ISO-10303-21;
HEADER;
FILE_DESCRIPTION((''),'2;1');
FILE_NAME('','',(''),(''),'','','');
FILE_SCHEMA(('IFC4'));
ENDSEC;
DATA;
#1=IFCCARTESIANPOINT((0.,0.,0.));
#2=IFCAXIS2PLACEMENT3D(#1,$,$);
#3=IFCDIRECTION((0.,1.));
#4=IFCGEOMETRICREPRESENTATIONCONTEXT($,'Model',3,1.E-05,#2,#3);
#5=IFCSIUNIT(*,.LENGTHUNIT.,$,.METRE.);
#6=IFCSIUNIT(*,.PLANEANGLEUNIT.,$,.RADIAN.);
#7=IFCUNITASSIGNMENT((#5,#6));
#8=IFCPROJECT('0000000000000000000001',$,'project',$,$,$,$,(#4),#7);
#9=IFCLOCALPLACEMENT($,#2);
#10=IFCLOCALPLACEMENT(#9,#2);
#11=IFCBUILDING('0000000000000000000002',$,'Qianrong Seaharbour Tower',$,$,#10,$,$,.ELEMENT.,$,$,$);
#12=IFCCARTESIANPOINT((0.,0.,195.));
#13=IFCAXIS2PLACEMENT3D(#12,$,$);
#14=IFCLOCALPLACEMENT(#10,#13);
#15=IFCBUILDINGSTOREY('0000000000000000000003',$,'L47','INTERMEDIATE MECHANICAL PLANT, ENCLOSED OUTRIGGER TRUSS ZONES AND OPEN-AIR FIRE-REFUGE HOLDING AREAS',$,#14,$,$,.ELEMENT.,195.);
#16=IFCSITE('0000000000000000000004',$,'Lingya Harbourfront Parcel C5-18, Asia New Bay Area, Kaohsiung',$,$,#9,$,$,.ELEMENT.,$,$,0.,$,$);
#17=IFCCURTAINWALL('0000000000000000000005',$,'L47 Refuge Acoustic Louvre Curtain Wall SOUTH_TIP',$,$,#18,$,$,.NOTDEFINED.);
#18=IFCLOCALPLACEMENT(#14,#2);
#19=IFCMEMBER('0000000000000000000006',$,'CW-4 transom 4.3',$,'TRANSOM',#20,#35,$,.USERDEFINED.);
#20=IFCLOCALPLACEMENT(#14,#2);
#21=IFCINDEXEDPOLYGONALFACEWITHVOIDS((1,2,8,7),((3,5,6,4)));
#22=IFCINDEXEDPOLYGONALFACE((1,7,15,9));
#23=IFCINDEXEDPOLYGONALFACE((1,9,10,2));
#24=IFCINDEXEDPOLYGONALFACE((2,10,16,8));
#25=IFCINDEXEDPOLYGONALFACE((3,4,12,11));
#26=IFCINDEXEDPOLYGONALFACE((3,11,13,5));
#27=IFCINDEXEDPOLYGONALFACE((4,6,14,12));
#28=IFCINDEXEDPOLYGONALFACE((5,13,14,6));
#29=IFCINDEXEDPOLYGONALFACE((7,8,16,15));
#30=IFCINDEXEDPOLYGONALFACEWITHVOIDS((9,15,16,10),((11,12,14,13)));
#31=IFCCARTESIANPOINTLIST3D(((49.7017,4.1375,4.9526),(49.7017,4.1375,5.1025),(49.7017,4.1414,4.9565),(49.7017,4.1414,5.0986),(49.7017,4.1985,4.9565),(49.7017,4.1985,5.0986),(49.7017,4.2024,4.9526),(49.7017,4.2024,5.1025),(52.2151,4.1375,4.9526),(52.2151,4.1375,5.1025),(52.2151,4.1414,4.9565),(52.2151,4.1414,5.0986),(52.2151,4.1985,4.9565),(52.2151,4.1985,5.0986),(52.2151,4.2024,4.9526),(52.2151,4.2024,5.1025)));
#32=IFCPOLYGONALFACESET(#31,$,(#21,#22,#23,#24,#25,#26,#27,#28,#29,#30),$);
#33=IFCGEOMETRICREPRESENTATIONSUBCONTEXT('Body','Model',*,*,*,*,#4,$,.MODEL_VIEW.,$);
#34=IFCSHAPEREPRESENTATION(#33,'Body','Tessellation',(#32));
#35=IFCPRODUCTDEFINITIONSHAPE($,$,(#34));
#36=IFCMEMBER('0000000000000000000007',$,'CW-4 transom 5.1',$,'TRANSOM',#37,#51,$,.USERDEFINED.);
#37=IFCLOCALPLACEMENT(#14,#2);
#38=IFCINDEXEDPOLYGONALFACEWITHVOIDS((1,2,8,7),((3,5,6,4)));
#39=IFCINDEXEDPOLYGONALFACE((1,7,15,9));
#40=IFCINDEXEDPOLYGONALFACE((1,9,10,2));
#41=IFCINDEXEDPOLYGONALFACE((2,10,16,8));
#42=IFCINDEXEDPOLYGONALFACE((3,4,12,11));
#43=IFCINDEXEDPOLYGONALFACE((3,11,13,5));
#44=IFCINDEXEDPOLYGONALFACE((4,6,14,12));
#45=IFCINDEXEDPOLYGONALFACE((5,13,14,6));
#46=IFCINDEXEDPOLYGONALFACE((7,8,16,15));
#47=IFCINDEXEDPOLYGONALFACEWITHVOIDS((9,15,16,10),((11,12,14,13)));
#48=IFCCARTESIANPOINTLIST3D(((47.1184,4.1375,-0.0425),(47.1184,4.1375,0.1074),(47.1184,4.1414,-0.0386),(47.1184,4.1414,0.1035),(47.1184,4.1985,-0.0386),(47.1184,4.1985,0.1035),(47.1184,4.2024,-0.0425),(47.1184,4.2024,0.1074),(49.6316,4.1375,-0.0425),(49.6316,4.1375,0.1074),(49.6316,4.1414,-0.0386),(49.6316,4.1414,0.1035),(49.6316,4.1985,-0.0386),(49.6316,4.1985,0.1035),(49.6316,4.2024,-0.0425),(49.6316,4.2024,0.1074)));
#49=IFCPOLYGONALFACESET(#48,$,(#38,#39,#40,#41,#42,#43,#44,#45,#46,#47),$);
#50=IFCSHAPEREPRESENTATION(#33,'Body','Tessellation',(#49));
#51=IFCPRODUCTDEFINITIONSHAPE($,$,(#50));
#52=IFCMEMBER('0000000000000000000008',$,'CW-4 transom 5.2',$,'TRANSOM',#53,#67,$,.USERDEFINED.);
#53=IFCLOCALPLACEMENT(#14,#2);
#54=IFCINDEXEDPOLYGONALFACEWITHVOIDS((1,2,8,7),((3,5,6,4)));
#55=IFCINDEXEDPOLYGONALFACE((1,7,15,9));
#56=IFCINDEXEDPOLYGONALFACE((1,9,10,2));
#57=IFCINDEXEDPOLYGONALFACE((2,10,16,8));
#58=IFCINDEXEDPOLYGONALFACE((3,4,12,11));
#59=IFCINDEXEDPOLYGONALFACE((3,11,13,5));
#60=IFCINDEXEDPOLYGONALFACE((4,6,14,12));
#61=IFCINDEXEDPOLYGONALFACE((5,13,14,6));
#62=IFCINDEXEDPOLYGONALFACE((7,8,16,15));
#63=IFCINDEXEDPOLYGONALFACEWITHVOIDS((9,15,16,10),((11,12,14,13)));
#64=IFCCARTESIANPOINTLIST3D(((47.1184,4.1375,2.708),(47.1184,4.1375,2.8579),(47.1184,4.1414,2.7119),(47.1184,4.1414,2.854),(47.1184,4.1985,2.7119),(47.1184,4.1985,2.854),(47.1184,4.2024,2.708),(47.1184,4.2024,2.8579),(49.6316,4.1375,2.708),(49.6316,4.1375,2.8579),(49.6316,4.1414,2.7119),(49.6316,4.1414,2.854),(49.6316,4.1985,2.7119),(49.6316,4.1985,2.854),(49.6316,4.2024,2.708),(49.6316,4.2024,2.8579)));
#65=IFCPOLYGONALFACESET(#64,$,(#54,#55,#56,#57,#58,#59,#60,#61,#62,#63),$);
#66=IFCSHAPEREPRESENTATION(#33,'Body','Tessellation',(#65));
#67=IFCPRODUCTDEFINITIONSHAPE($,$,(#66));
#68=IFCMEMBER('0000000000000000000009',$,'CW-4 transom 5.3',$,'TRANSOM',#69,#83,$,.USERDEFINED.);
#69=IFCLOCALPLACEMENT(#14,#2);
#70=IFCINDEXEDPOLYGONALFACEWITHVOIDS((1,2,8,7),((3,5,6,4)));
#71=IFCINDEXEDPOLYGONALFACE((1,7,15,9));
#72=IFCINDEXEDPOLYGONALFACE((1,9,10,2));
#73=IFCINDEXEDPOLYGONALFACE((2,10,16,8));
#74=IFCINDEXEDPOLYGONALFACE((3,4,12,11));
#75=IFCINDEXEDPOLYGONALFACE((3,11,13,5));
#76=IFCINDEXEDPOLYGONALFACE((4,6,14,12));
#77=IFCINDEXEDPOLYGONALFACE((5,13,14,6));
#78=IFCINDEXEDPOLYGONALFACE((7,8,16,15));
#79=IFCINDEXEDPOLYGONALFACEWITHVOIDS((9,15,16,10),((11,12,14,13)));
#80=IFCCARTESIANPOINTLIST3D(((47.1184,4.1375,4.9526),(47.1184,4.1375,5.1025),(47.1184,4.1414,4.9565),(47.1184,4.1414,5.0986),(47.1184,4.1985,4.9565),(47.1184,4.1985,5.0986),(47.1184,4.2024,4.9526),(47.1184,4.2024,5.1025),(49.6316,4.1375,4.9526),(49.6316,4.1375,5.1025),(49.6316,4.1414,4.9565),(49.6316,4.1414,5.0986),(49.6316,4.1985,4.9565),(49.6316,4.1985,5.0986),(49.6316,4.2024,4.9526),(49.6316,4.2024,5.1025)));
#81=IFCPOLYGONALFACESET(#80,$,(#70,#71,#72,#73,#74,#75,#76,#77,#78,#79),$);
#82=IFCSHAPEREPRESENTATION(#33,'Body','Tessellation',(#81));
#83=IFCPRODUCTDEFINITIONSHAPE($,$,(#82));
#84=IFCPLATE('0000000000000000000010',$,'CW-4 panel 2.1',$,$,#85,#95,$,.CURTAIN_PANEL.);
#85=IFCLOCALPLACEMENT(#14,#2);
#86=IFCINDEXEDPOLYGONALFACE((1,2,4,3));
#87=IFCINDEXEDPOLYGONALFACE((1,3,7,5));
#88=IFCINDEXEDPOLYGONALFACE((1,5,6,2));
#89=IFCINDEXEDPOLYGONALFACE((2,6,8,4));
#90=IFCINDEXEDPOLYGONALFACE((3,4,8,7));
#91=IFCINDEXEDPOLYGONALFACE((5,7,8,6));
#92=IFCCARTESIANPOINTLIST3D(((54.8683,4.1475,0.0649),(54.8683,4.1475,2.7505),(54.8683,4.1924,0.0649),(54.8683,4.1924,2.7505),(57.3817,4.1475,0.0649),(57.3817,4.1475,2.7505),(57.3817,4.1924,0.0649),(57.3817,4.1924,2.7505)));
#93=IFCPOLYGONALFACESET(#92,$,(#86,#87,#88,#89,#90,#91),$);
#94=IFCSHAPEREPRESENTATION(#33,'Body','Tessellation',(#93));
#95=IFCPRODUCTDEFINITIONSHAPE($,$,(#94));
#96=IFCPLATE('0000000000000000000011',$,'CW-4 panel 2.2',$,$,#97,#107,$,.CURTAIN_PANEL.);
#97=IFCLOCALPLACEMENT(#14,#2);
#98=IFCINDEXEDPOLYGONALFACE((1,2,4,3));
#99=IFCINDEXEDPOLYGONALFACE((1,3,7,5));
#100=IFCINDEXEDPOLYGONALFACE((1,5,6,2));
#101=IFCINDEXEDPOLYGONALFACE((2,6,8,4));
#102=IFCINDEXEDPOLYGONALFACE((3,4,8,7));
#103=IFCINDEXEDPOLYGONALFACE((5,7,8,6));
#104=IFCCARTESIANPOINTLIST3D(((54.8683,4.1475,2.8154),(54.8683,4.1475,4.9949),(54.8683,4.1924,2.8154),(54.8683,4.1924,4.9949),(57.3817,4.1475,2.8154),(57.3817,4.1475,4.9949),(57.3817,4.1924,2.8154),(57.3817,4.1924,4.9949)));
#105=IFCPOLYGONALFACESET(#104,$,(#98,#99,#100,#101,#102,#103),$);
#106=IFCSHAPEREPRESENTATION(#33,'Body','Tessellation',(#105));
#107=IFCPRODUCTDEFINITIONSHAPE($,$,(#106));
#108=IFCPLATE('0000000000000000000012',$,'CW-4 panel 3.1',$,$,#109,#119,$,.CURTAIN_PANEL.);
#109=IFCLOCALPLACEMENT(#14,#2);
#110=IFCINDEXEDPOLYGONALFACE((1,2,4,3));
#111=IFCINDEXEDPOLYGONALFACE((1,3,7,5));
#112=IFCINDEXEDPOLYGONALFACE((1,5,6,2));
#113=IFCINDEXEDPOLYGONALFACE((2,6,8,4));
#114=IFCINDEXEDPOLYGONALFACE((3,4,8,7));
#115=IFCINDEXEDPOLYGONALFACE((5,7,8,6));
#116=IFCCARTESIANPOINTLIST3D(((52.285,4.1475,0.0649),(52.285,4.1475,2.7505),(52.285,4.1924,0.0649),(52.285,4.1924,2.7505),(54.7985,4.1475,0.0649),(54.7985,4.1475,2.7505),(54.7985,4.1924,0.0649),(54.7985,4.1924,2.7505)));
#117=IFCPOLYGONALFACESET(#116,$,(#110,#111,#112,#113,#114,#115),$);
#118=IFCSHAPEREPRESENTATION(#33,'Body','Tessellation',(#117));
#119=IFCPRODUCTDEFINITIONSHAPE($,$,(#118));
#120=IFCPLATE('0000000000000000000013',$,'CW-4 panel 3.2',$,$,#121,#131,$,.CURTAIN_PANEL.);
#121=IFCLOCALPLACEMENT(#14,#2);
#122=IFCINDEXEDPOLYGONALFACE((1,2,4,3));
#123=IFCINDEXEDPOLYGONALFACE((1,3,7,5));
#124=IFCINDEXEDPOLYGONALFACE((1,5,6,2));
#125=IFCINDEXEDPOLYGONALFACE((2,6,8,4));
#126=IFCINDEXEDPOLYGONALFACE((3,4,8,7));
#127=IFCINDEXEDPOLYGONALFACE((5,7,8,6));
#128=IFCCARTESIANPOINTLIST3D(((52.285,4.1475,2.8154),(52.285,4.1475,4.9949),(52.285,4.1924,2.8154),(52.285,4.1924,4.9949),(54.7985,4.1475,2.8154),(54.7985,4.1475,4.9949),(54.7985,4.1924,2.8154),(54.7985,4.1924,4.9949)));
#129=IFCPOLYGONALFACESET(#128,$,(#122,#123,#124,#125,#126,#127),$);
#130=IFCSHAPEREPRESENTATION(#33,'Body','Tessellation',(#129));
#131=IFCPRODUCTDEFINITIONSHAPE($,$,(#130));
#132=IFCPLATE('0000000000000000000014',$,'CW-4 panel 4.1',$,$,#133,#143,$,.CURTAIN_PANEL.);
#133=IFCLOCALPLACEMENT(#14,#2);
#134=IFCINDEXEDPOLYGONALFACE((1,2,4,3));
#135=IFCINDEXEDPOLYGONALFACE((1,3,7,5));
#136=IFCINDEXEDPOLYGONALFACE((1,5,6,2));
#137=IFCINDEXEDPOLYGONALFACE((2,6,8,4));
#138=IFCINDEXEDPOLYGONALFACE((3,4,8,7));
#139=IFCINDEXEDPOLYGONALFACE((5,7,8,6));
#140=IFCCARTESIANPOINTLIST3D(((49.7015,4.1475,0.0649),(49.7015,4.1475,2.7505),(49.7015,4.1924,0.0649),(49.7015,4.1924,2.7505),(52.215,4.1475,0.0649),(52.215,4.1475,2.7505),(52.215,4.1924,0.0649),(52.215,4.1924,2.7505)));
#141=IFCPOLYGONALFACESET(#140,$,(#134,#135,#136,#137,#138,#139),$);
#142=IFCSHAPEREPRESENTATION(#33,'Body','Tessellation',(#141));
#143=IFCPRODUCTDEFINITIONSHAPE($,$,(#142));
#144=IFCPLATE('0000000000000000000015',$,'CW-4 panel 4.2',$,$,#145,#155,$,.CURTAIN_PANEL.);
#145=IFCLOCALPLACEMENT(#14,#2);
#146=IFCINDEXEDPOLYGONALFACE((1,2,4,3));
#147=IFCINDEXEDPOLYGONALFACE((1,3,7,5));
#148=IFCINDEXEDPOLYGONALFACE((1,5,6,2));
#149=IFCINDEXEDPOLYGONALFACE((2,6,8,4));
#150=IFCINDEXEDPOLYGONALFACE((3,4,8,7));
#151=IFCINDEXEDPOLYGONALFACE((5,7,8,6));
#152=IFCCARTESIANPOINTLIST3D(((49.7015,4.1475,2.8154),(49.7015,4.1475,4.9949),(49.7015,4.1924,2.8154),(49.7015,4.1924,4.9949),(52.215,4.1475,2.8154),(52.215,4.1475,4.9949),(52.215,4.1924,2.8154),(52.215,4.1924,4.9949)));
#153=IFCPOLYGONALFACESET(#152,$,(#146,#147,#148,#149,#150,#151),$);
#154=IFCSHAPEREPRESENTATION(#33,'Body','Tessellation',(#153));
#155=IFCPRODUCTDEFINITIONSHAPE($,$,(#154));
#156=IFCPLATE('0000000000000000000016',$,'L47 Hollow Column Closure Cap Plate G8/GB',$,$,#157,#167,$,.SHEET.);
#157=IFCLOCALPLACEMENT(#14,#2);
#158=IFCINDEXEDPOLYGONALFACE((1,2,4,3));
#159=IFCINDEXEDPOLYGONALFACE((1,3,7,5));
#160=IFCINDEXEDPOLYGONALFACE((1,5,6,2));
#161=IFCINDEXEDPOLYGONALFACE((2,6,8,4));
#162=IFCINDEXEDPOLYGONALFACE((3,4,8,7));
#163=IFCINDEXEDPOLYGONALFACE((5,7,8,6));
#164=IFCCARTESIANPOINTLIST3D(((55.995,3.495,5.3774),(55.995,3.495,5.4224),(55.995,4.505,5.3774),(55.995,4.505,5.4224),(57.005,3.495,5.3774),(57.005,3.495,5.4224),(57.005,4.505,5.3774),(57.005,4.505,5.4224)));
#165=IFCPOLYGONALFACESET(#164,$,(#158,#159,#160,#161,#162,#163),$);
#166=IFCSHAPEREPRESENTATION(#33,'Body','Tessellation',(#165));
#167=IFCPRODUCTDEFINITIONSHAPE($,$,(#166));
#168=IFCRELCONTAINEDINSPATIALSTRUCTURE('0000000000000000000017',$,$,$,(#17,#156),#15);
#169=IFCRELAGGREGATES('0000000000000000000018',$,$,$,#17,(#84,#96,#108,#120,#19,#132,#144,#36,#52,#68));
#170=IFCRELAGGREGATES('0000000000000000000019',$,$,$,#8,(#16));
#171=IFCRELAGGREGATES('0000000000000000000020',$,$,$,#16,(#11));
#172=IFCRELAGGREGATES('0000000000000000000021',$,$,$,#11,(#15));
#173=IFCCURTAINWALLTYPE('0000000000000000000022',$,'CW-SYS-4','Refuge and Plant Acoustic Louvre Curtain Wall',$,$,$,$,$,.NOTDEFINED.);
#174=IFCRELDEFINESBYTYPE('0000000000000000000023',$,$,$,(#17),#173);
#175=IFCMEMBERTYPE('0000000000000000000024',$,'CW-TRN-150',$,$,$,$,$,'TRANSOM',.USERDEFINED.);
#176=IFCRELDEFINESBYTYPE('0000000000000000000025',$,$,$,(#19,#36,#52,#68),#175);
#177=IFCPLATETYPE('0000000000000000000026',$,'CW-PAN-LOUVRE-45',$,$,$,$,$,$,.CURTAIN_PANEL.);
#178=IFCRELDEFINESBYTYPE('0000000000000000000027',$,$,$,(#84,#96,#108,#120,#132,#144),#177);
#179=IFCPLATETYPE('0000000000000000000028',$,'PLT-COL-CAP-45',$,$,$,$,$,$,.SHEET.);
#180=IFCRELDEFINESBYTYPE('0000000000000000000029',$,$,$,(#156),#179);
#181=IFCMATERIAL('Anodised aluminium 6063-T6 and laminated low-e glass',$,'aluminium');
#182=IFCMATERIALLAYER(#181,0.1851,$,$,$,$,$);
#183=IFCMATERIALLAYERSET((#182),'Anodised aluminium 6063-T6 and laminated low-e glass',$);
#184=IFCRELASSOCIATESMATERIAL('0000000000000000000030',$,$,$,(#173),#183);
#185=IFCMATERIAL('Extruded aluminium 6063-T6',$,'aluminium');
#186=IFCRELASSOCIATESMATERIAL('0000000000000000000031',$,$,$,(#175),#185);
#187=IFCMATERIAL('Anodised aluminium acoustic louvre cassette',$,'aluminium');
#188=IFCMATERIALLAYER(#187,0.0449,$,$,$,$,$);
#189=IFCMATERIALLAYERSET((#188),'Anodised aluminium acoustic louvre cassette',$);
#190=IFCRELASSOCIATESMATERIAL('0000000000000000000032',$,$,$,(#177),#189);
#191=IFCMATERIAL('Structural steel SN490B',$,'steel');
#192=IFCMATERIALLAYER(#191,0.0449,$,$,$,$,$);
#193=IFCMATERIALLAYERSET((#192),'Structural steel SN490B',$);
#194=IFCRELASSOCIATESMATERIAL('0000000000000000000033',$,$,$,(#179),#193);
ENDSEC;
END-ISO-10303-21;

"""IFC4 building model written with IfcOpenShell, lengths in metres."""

from ifc_helpers import new_model, si_unit, direction, frame, origin, origin_2d, place, context, subcontext, project, spatial, rectangle, hollow_rectangle, extrude, material, layer, layer_set, material_profile, profile_set, type_object, element, aggregate, save


model = new_model("IFC4")

# Units and contexts
model_context = context("Model", 3, precision=1e-05, world=origin(), true_north=direction((0.0, 1.0)))
body_context = subcontext(model_context, "Body", "Model", "MODEL_VIEW")
ifc_project = project(units=[si_unit("LENGTHUNIT", "METRE"), si_unit("PLANEANGLEUNIT", "RADIAN")], contexts=[model_context])

# Site, building, storey
site_placement = place(None, origin())
site = spatial("IfcSite", under=ifc_project, at=site_placement, Name="Lingya Harbourfront Parcel C5-18, Asia New Bay Area, Kaohsiung", CompositionType="ELEMENT", RefElevation=0.0)
building_placement = place(site_placement, origin())
building = spatial("IfcBuilding", under=site, at=building_placement, Name="Qianrong Seaharbour Tower", CompositionType="ELEMENT")
storey_placement = place(building_placement, frame((0.0, 0.0, 195.0)))
storey = spatial("IfcBuildingStorey", under=building, at=storey_placement, Name="L47", Description="INTERMEDIATE MECHANICAL PLANT, ENCLOSED OUTRIGGER TRUSS ZONES AND OPEN-AIR FIRE-REFUGE HOLDING AREAS", CompositionType="ELEMENT", Elevation=195.0)

# Shared definitions
ifc_material_1 = material(Name="Structural steel SN490B", Category="steel")

# Curtain wall, members, plates
ifc_material_2 = material(Name="Anodised aluminium 6063-T6 and laminated low-e glass", Category="aluminium")
ifc_layer_1 = layer(ifc_material_2, 0.1851)
ifc_layer_set_1 = layer_set([ifc_layer_1], Name="Anodised aluminium 6063-T6 and laminated low-e glass")
curtain_wall_type = type_object("IfcCurtainWallType", Name="CW-SYS-4", Description="Refuge and Plant Acoustic Louvre Curtain Wall", PredefinedType="NOTDEFINED", material=ifc_layer_set_1)
curtain_wall_placement = place(storey_placement, origin())
curtain_wall = element("IfcCurtainWall", 1, at=curtain_wall_placement, inside=storey, type_object=curtain_wall_type, Name="L47 Refuge Acoustic Louvre Curtain Wall SOUTH_TIP", PredefinedType="NOTDEFINED")
ifc_material_3 = material(Name="Extruded aluminium 6063-T6", Category="aluminium")
ifc_material_profile_1 = material_profile(ifc_material_3, hollow_rectangle(XDim=0.0649, YDim=0.1499, WallThickness=0.0039, at=origin_2d()), Name="ALU-TRN-150x65x4")
ifc_profile_set_1 = profile_set([ifc_material_profile_1], Name="Extruded aluminium 6063-T6")
member_type_1 = type_object("IfcMemberType", Name="CW-TRN-150", ElementType="TRANSOM", PredefinedType="USERDEFINED", material=ifc_profile_set_1)
member_1_placement = place(storey_placement, frame((52.2151, 4.1699, 5.0276), z_axis=(-1.0, 0.0, 0.0), x_axis=(0.0, -1.0, 0.0)))
member_1 = element("IfcMember", 2, at=member_1_placement, type_object=member_type_1, Name="CW-4 transom 4.3", ObjectType="TRANSOM", PredefinedType="USERDEFINED", context=body_context, shape_type="SweptSolid", body=[
    extrude(hollow_rectangle(XDim=0.0649, YDim=0.1499, WallThickness=0.0039, at=origin_2d()), origin(), (0.0, 0.0, 1.0), 2.5134),
])
member_2_placement = place(storey_placement, frame((49.6316, 4.1699, 0.0325), z_axis=(-1.0, 0.0, 0.0), x_axis=(0.0, -1.0, 0.0)))
member_2 = element("IfcMember", 3, at=member_2_placement, type_object=member_type_1, Name="CW-4 transom 5.1", ObjectType="TRANSOM", PredefinedType="USERDEFINED", context=body_context, shape_type="SweptSolid", body=[
    extrude(hollow_rectangle(XDim=0.0649, YDim=0.1499, WallThickness=0.0039, at=origin_2d()), origin(), (0.0, 0.0, 1.0), 2.5132),
])
member_3_placement = place(storey_placement, frame((49.6316, 4.1699, 2.783), z_axis=(-1.0, 0.0, 0.0), x_axis=(0.0, -1.0, 0.0)))
member_3 = element("IfcMember", 4, at=member_3_placement, type_object=member_type_1, Name="CW-4 transom 5.2", ObjectType="TRANSOM", PredefinedType="USERDEFINED", context=body_context, shape_type="SweptSolid", body=[
    extrude(hollow_rectangle(XDim=0.0649, YDim=0.1499, WallThickness=0.0039, at=origin_2d()), origin(), (0.0, 0.0, 1.0), 2.5132),
])
member_4_placement = place(storey_placement, frame((49.6316, 4.1699, 5.0276), z_axis=(-1.0, 0.0, 0.0), x_axis=(0.0, -1.0, 0.0)))
member_4 = element("IfcMember", 5, at=member_4_placement, type_object=member_type_1, Name="CW-4 transom 5.3", ObjectType="TRANSOM", PredefinedType="USERDEFINED", context=body_context, shape_type="SweptSolid", body=[
    extrude(hollow_rectangle(XDim=0.0649, YDim=0.1499, WallThickness=0.0039, at=origin_2d()), origin(), (0.0, 0.0, 1.0), 2.5132),
])
ifc_material_4 = material(Name="Anodised aluminium acoustic louvre cassette", Category="aluminium")
ifc_layer_2 = layer(ifc_material_4, 0.0449)
ifc_layer_set_2 = layer_set([ifc_layer_2], Name="Anodised aluminium acoustic louvre cassette")
plate_type_1 = type_object("IfcPlateType", Name="CW-PAN-LOUVRE-45", PredefinedType="CURTAIN_PANEL", material=ifc_layer_set_2)
plate_1_placement = place(storey_placement, frame((56.125, 4.1699, 0.0649), z_axis=(0.0, 0.0, 1.0), x_axis=(-1.0, 0.0, 0.0)))
plate_1 = element("IfcPlate", 6, at=plate_1_placement, type_object=plate_type_1, Name="CW-4 panel 2.1", PredefinedType="CURTAIN_PANEL", context=body_context, shape_type="SweptSolid", body=[
    extrude(rectangle(XDim=2.5134, YDim=0.0449, at=origin_2d()), origin(), (0.0, 0.0, 1.0), 2.6855),
])
plate_2_placement = place(storey_placement, frame((56.125, 4.1699, 2.8154), z_axis=(0.0, 0.0, 1.0), x_axis=(-1.0, 0.0, 0.0)))
plate_2 = element("IfcPlate", 7, at=plate_2_placement, type_object=plate_type_1, Name="CW-4 panel 2.2", PredefinedType="CURTAIN_PANEL", context=body_context, shape_type="SweptSolid", body=[
    extrude(rectangle(XDim=2.5134, YDim=0.0449, at=origin_2d()), origin(), (0.0, 0.0, 1.0), 2.1794),
])
plate_3_placement = place(storey_placement, frame((53.5417, 4.1699, 0.0649), z_axis=(0.0, 0.0, 1.0), x_axis=(-1.0, 0.0, 0.0)))
plate_3 = element("IfcPlate", 8, at=plate_3_placement, type_object=plate_type_1, Name="CW-4 panel 3.1", PredefinedType="CURTAIN_PANEL", context=body_context, shape_type="SweptSolid", body=[
    extrude(rectangle(XDim=2.5134, YDim=0.0449, at=origin_2d()), origin(), (0.0, 0.0, 1.0), 2.6855),
])
plate_4_placement = place(storey_placement, frame((53.5417, 4.1699, 2.8154), z_axis=(0.0, 0.0, 1.0), x_axis=(-1.0, 0.0, 0.0)))
plate_4 = element("IfcPlate", 9, at=plate_4_placement, type_object=plate_type_1, Name="CW-4 panel 3.2", PredefinedType="CURTAIN_PANEL", context=body_context, shape_type="SweptSolid", body=[
    extrude(rectangle(XDim=2.5134, YDim=0.0449, at=origin_2d()), origin(), (0.0, 0.0, 1.0), 2.1794),
])
plate_5_placement = place(storey_placement, frame((50.9583, 4.1699, 0.0649), z_axis=(0.0, 0.0, 1.0), x_axis=(-1.0, 0.0, 0.0)))
plate_5 = element("IfcPlate", 10, at=plate_5_placement, type_object=plate_type_1, Name="CW-4 panel 4.1", PredefinedType="CURTAIN_PANEL", context=body_context, shape_type="SweptSolid", body=[
    extrude(rectangle(XDim=2.5134, YDim=0.0449, at=origin_2d()), origin(), (0.0, 0.0, 1.0), 2.6855),
])
plate_6_placement = place(storey_placement, frame((50.9583, 4.1699, 2.8154), z_axis=(0.0, 0.0, 1.0), x_axis=(-1.0, 0.0, 0.0)))
plate_6 = element("IfcPlate", 11, at=plate_6_placement, type_object=plate_type_1, Name="CW-4 panel 4.2", PredefinedType="CURTAIN_PANEL", context=body_context, shape_type="SweptSolid", body=[
    extrude(rectangle(XDim=2.5134, YDim=0.0449, at=origin_2d()), origin(), (0.0, 0.0, 1.0), 2.1794),
])
aggregate(curtain_wall, [plate_1, plate_2, plate_3, plate_4, member_1, plate_5, plate_6, member_2, member_3, member_4])

# Plate
ifc_layer_3 = layer(ifc_material_1, 0.0449)
ifc_layer_set_3 = layer_set([ifc_layer_3], Name="Structural steel SN490B")
plate_type_2 = type_object("IfcPlateType", Name="PLT-COL-CAP-45", PredefinedType="SHEET", material=ifc_layer_set_3)
plate_7_placement = place(storey_placement, frame((56.5, 4.0, 5.3774), z_axis=(0.0, 0.0, 1.0), x_axis=(1.0, 0.0, 0.0)))
element("IfcPlate", 12, at=plate_7_placement, inside=storey, type_object=plate_type_2, Name="L47 Hollow Column Closure Cap Plate G8/GB", PredefinedType="SHEET", context=body_context, shape_type="SweptSolid", body=[
    extrude(rectangle(XDim=1.01, YDim=1.01, at=origin_2d()), origin(), (0.0, 0.0, 1.0), 0.0449),
])

save(model, "model.ifc")
